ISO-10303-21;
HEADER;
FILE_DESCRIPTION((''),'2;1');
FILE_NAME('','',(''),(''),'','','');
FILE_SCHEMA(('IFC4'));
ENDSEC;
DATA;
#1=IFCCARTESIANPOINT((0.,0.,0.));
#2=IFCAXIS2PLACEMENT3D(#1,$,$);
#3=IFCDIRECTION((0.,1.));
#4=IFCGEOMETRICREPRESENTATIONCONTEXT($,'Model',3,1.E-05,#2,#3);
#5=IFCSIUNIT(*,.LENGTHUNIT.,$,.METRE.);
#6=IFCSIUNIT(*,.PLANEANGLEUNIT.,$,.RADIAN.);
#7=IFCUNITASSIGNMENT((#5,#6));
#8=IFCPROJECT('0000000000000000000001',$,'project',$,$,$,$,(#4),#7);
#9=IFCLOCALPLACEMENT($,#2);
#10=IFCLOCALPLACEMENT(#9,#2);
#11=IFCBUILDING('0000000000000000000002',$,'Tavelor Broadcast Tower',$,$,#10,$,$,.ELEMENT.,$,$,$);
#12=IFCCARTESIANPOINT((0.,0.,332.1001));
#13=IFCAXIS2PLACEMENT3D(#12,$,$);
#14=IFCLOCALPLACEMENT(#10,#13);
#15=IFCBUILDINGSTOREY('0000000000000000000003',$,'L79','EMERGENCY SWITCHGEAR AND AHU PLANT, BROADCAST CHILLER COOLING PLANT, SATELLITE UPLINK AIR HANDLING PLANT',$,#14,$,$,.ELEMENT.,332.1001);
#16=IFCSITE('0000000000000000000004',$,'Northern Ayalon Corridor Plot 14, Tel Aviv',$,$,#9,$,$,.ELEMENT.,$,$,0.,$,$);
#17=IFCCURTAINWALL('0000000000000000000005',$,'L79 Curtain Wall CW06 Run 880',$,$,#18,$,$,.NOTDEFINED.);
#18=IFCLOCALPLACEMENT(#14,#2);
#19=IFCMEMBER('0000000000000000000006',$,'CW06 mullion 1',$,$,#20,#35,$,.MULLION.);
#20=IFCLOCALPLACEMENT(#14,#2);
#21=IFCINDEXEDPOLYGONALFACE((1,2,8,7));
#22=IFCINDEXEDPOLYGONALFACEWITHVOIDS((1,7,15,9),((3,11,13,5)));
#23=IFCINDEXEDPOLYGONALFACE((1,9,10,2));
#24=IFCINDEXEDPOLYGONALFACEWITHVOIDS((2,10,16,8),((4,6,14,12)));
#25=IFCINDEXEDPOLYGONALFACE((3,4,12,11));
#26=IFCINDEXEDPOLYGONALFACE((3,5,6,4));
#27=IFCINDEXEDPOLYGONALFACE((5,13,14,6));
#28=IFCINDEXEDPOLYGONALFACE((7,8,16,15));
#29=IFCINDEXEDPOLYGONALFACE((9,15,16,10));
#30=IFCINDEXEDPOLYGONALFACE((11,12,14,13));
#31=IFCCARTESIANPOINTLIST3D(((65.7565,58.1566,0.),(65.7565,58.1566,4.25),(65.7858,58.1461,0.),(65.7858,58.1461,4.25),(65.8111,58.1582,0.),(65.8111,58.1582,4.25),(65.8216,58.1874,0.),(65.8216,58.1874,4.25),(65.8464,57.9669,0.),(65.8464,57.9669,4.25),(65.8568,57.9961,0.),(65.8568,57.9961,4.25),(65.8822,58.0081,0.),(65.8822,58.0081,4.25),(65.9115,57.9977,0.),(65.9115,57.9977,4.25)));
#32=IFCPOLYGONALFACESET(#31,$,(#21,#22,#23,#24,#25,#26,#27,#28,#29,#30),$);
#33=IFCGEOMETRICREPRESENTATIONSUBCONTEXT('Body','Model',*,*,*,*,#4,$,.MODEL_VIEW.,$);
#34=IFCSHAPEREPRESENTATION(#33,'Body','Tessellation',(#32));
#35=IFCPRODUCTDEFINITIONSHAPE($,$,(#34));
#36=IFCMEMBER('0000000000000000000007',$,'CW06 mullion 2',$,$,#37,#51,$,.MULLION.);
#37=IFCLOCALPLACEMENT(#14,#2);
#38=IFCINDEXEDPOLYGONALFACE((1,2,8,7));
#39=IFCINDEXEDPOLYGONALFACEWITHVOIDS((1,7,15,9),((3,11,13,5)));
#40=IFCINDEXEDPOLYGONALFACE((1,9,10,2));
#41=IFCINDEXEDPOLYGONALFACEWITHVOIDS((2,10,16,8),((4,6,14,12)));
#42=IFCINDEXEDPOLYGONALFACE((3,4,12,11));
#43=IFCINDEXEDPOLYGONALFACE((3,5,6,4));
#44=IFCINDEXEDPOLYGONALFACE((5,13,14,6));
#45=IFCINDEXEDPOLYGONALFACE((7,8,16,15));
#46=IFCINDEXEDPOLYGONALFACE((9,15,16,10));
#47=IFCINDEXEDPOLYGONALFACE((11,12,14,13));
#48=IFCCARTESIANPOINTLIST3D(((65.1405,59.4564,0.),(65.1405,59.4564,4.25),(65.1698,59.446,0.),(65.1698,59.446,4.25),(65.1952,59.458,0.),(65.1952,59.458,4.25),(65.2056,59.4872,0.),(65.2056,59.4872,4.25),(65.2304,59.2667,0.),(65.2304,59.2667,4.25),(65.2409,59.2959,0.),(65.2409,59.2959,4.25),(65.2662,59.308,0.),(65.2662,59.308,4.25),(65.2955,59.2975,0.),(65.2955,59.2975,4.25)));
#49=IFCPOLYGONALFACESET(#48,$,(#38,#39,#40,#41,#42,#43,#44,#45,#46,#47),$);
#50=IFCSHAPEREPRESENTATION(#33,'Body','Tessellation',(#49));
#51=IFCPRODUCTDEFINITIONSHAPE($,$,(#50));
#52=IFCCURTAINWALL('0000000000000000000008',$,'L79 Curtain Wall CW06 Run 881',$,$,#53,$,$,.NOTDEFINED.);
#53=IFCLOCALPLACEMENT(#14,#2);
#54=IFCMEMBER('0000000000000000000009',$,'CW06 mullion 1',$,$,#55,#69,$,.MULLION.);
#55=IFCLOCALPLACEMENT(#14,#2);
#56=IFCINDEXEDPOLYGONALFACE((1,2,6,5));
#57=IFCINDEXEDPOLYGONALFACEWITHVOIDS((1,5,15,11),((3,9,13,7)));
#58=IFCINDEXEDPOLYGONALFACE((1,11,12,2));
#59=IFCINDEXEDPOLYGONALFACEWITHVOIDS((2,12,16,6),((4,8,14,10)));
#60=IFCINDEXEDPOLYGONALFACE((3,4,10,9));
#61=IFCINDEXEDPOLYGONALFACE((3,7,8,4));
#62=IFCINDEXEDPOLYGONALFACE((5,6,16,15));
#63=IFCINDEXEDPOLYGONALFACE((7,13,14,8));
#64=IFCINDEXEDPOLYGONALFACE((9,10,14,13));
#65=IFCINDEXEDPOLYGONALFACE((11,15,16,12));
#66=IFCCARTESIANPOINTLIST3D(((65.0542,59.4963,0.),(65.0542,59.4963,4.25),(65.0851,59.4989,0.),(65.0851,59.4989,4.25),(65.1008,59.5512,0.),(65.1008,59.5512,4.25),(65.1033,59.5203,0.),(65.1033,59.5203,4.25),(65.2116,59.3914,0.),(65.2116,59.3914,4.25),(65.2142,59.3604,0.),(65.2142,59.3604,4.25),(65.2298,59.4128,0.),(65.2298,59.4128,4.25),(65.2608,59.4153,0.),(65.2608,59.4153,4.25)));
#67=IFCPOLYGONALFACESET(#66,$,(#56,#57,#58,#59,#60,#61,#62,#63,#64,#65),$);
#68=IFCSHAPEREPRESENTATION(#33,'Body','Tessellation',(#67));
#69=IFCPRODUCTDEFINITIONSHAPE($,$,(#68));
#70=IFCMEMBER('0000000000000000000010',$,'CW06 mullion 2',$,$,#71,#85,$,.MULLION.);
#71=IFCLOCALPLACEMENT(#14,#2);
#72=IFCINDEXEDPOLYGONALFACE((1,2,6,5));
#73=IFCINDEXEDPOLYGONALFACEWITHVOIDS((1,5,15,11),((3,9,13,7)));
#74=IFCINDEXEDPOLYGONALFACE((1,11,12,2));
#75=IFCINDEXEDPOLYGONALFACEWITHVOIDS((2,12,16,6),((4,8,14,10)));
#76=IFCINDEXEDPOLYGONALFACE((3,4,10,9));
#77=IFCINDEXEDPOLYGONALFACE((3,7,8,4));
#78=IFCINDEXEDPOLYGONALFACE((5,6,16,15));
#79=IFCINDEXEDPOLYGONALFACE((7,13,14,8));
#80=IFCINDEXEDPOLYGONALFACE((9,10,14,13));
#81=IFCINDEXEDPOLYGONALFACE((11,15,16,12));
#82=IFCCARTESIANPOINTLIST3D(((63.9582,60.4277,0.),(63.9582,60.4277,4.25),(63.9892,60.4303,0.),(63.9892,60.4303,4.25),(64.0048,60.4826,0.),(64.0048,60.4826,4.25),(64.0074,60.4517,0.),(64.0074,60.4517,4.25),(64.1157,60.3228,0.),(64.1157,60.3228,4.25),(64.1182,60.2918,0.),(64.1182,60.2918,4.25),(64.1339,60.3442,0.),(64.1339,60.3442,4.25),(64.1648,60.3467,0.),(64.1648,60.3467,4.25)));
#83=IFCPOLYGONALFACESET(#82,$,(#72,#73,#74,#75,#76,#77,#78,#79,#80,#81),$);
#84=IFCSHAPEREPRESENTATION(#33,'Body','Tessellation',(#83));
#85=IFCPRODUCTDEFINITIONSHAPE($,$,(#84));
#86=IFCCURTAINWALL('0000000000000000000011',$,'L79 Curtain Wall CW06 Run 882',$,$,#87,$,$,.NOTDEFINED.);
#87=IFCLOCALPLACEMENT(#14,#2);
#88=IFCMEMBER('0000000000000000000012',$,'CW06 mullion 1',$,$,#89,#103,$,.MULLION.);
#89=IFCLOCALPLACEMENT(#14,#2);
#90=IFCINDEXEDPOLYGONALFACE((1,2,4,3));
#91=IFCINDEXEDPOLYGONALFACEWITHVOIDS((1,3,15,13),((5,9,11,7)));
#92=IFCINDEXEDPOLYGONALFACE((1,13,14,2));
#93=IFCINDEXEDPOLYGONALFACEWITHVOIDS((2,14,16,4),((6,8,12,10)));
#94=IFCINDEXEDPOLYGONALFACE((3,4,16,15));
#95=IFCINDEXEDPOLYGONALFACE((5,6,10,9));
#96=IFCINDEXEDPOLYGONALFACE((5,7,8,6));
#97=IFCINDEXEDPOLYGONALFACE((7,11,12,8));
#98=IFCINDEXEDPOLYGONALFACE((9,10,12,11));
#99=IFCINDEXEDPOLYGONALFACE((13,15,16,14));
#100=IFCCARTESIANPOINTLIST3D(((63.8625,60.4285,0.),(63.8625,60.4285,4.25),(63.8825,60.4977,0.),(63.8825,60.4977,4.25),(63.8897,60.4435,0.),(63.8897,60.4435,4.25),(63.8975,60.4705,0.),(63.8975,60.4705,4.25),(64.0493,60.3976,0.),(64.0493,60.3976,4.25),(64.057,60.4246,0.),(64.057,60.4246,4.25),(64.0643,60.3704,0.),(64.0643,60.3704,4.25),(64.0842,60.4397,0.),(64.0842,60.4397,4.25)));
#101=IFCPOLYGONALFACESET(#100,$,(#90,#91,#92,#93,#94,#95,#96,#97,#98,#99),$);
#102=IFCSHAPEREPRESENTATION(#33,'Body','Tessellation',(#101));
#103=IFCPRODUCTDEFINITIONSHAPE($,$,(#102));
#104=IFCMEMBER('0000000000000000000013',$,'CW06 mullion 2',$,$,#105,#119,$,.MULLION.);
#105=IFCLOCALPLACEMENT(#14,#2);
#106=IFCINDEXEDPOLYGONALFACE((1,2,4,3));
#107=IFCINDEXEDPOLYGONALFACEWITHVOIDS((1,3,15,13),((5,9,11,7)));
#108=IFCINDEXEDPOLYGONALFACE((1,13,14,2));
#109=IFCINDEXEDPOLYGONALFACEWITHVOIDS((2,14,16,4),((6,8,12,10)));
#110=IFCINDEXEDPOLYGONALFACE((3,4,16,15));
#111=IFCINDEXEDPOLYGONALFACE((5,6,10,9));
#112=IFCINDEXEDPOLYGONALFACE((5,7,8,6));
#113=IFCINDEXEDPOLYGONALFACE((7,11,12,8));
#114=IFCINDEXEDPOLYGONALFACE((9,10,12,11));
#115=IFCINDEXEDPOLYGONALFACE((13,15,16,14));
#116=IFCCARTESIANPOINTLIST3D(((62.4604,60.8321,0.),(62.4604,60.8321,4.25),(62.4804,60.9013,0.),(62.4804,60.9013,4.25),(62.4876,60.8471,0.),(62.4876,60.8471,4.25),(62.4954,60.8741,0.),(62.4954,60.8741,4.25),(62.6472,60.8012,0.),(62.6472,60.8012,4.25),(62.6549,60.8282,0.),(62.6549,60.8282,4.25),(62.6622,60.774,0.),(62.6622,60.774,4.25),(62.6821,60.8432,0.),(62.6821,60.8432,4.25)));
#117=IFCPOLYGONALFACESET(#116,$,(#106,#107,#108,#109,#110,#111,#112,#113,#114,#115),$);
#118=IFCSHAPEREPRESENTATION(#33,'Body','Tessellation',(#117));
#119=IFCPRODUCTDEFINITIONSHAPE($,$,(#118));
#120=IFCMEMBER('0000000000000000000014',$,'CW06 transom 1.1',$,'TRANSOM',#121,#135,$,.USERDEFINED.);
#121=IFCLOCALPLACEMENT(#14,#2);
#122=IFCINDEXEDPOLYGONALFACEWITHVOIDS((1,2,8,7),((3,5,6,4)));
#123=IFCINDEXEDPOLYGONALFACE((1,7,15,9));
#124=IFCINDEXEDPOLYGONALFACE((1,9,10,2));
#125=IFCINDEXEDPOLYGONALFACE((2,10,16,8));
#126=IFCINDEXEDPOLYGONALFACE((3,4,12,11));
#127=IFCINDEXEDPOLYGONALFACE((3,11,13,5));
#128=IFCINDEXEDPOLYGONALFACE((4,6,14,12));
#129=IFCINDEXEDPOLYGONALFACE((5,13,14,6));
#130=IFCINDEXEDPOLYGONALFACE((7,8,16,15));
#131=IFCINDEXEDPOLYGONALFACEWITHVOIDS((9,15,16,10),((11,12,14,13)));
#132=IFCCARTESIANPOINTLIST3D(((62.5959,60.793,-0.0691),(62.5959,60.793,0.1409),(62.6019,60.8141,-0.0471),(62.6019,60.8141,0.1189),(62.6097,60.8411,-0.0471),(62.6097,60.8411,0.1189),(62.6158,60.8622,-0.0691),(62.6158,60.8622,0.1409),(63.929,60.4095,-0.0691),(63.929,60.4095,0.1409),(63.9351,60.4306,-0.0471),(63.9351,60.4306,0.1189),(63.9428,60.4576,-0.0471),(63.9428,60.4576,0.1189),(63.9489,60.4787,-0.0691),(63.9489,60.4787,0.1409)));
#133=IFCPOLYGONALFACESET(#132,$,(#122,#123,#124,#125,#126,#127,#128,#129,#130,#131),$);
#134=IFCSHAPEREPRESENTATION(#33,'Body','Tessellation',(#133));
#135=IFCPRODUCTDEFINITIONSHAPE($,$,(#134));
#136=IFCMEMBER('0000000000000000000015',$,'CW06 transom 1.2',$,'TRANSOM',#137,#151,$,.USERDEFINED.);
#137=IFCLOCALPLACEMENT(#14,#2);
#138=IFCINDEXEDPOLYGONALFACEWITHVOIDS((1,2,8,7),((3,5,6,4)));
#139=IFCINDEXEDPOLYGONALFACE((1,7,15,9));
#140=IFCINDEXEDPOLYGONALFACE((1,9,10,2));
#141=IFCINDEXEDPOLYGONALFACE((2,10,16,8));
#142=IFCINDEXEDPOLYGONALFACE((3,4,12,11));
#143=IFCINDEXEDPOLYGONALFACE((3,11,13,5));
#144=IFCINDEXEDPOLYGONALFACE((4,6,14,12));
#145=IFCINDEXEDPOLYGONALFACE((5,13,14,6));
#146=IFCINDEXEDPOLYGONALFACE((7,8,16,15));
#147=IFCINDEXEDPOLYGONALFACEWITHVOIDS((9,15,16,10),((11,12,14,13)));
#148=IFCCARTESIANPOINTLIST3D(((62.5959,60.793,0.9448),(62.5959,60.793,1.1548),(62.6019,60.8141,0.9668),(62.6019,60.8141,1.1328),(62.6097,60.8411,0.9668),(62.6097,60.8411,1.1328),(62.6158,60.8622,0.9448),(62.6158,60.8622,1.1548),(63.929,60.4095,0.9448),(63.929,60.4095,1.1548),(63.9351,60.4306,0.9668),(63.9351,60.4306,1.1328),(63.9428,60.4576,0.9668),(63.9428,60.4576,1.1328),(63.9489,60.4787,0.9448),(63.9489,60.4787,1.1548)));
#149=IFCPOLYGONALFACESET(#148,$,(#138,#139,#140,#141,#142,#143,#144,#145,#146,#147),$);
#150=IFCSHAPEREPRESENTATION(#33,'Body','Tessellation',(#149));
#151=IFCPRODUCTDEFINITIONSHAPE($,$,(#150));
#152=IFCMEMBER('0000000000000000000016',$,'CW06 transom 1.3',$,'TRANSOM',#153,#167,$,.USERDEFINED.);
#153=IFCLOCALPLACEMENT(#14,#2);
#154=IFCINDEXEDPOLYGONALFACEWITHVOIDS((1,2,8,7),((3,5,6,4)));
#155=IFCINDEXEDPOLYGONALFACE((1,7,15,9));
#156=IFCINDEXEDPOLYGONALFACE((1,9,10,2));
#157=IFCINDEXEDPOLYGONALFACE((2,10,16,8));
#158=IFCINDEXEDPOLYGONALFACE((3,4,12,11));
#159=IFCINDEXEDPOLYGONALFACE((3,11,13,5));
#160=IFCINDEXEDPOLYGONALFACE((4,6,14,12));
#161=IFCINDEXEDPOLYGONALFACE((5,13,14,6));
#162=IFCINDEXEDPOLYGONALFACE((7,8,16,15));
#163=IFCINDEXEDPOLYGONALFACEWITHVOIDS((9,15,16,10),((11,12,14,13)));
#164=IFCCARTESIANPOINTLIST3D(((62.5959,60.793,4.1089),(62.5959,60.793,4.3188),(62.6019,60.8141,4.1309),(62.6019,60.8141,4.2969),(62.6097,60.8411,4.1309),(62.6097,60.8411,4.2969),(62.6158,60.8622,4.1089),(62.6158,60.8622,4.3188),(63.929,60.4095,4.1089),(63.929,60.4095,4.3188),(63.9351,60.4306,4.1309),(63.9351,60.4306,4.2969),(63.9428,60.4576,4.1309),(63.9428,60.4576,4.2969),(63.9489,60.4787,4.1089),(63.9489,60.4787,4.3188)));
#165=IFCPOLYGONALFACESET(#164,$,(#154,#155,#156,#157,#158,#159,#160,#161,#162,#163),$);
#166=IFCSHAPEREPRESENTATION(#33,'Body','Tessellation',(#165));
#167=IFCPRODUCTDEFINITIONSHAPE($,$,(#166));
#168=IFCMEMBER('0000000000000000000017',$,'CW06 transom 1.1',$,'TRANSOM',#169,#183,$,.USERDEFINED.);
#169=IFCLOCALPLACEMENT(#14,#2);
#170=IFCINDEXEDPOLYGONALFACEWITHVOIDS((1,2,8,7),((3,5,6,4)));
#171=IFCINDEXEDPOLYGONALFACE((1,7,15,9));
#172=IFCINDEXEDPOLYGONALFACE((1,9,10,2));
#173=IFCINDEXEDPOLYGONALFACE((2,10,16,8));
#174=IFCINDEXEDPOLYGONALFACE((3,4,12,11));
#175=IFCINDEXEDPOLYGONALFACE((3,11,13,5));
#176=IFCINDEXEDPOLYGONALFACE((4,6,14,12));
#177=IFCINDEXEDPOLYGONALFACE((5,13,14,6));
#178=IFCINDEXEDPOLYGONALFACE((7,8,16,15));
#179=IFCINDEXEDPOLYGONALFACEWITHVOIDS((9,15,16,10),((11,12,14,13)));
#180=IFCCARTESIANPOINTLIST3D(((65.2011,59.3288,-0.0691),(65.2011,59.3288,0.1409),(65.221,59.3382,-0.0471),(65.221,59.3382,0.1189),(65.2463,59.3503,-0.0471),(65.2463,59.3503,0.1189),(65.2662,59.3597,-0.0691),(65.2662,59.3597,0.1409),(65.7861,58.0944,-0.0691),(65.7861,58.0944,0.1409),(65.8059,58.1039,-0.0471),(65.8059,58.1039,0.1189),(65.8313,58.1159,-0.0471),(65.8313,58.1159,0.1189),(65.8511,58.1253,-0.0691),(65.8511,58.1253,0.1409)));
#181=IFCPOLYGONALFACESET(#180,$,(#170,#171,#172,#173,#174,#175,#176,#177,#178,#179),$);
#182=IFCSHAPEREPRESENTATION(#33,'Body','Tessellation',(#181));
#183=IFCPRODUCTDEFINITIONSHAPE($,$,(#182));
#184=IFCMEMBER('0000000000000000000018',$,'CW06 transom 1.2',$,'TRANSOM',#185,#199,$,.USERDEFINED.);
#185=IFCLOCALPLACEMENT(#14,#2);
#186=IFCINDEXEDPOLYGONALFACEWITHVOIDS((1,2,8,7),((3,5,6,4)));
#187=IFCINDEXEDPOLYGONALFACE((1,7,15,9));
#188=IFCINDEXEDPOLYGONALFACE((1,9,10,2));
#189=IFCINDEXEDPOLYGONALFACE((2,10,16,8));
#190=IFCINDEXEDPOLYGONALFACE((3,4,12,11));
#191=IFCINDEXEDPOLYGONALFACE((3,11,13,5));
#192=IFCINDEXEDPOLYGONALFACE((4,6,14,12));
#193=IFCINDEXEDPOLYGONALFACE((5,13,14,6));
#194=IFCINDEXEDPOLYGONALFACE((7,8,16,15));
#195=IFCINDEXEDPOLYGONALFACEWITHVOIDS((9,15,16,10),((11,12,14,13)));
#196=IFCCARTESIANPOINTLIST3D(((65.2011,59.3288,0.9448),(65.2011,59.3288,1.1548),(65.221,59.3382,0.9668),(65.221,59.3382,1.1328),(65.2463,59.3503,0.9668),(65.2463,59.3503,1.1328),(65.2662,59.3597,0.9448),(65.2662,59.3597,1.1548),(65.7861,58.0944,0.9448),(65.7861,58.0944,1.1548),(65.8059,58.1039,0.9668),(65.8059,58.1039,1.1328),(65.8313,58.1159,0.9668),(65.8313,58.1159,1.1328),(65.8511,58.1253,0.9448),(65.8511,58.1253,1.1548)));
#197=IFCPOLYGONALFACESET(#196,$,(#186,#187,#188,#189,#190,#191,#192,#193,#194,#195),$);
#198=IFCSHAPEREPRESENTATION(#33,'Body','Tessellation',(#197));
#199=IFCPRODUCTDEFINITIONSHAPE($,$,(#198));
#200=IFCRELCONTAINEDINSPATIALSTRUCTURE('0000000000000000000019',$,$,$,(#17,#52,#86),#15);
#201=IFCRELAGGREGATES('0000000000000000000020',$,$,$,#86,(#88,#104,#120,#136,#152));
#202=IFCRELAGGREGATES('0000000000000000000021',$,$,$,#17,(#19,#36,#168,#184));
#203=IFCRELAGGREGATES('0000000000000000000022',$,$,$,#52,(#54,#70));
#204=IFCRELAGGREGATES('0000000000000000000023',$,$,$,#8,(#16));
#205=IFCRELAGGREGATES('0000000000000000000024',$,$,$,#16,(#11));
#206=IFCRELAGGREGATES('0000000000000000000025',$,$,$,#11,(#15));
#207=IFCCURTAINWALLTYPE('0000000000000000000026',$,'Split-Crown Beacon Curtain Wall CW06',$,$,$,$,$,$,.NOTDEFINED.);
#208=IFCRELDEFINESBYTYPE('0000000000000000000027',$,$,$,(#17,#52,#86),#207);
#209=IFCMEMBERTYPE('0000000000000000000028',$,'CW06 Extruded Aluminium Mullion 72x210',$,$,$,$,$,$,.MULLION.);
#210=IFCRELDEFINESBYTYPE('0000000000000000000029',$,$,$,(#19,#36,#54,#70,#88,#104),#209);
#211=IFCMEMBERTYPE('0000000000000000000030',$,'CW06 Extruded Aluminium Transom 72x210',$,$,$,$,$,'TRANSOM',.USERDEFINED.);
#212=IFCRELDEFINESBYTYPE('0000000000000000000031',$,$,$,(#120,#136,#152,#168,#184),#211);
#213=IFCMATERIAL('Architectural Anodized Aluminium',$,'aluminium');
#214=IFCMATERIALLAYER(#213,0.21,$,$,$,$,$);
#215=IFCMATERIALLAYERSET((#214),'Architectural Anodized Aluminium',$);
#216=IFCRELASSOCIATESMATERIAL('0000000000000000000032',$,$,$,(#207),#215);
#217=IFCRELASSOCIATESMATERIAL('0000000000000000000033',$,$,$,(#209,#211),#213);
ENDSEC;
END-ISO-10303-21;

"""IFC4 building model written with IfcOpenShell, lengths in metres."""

from ifc_helpers import new_model, si_unit, direction, frame, origin, origin_2d, place, context, subcontext, project, spatial, hollow_rectangle, extrude, source, transform, mapped, material, layer, layer_set, material_profile, profile_set, type_object, type_shapes, element, aggregate, save


model = new_model("IFC4")

# Units and contexts
model_context = context("Model", 3, precision=1e-05, world=origin(), true_north=direction((0.0, 1.0)))
body_context = subcontext(model_context, "Body", "Model", "MODEL_VIEW")
ifc_project = project(units=[si_unit("LENGTHUNIT", "METRE"), si_unit("PLANEANGLEUNIT", "RADIAN")], contexts=[model_context])

# Site, building, storey
site_placement = place(None, origin())
site = spatial("IfcSite", under=ifc_project, at=site_placement, Name="Northern Ayalon Corridor Plot 14, Tel Aviv", CompositionType="ELEMENT", RefElevation=0.0)
building_placement = place(site_placement, origin())
building = spatial("IfcBuilding", under=site, at=building_placement, Name="Tavelor Broadcast Tower", CompositionType="ELEMENT")
storey_placement = place(building_placement, frame((0.0, 0.0, 332.1001)))
storey = spatial("IfcBuildingStorey", under=building, at=storey_placement, Name="L79", Description="EMERGENCY SWITCHGEAR AND AHU PLANT, BROADCAST CHILLER COOLING PLANT, SATELLITE UPLINK AIR HANDLING PLANT", CompositionType="ELEMENT", Elevation=332.1001)

# Curtain walls, members
ifc_material_1 = material(Name="Architectural Anodized Aluminium", Category="aluminium")
ifc_layer_1 = layer(ifc_material_1, 0.21)
ifc_layer_set_1 = layer_set([ifc_layer_1], Name="Architectural Anodized Aluminium")
curtain_wall_type = type_object("IfcCurtainWallType", Name="Split-Crown Beacon Curtain Wall CW06", PredefinedType="NOTDEFINED", material=ifc_layer_set_1)
curtain_wall_1_placement = place(storey_placement, origin())
curtain_wall_1 = element("IfcCurtainWall", 1, at=curtain_wall_1_placement, inside=storey, type_object=curtain_wall_type, Name="L79 Curtain Wall CW06 Run 880", PredefinedType="NOTDEFINED")
ifc_material_profile_1 = material_profile(ifc_material_1, hollow_rectangle(XDim=0.072, YDim=0.21, WallThickness=0.022, at=origin_2d()), Name="RHS 72x210x22")
ifc_profile_set_1 = profile_set([ifc_material_profile_1], Name="Architectural Anodized Aluminium")
member_type_1 = type_object("IfcMemberType", Name="CW06 Extruded Aluminium Mullion 72x210", PredefinedType="MULLION", material=ifc_profile_set_1)
shared_shape_1 = source(origin(), body_context, "Body", "SweptSolid", [
    extrude(hollow_rectangle(XDim=0.072, YDim=0.21, WallThickness=0.022, at=origin_2d()), origin(), (0.0, 0.0, 1.0), 4.25),
])
type_shapes(member_type_1, [shared_shape_1])
member_1_placement = place(storey_placement, frame((65.834, 58.0771, 0.0), z_axis=(0.0, 0.0, 1.0), x_axis=(-0.90367, -0.428229, 0.0)))
member_1 = element("IfcMember", 2, at=member_1_placement, type_object=member_type_1, Name="CW06 mullion 1", PredefinedType="MULLION", context=body_context, shape_type="MappedRepresentation", body=[
    mapped(shared_shape_1, transform((0.0, 0.0, 0.0), scale=1.0)),
])
member_2_placement = place(storey_placement, frame((65.218, 59.377, 0.0), z_axis=(0.0, 0.0, 1.0), x_axis=(-0.90367, -0.428229, 0.0)))
member_2 = element("IfcMember", 3, at=member_2_placement, type_object=member_type_1, Name="CW06 mullion 2", PredefinedType="MULLION", context=body_context, shape_type="MappedRepresentation", body=[
    mapped(shared_shape_1, transform((0.0, 0.0, 0.0), scale=1.0)),
])
curtain_wall_2_placement = place(storey_placement, origin())
curtain_wall_2 = element("IfcCurtainWall", 4, at=curtain_wall_2_placement, inside=storey, type_object=curtain_wall_type, Name="L79 Curtain Wall CW06 Run 881", PredefinedType="NOTDEFINED")
member_3_placement = place(storey_placement, frame((65.1575, 59.4558, 0.0), z_axis=(0.0, 0.0, 1.0), x_axis=(-0.64747, -0.762091, 0.0)))
member_3 = element("IfcMember", 5, at=member_3_placement, type_object=member_type_1, Name="CW06 mullion 1", PredefinedType="MULLION", context=body_context, shape_type="MappedRepresentation", body=[
    mapped(shared_shape_1, transform((0.0, 0.0, 0.0), scale=1.0)),
])
member_4_placement = place(storey_placement, frame((64.0615, 60.3872, 0.0), z_axis=(0.0, 0.0, 1.0), x_axis=(-0.64747, -0.762091, 0.0)))
member_4 = element("IfcMember", 6, at=member_4_placement, type_object=member_type_1, Name="CW06 mullion 2", PredefinedType="MULLION", context=body_context, shape_type="MappedRepresentation", body=[
    mapped(shared_shape_1, transform((0.0, 0.0, 0.0), scale=1.0)),
])
curtain_wall_3_placement = place(storey_placement, origin())
curtain_wall_3 = element("IfcCurtainWall", 7, at=curtain_wall_3_placement, inside=storey, type_object=curtain_wall_type, Name="L79 Curtain Wall CW06 Run 882", PredefinedType="NOTDEFINED")
member_5_placement = place(storey_placement, frame((63.9734, 60.4341, 0.0), z_axis=(0.0, 0.0, 1.0), x_axis=(-0.276515, -0.96101, 0.0)))
member_5 = element("IfcMember", 8, at=member_5_placement, type_object=member_type_1, Name="CW06 mullion 1", PredefinedType="MULLION", context=body_context, shape_type="MappedRepresentation", body=[
    mapped(shared_shape_1, transform((0.0, 0.0, 0.0), scale=1.0)),
])
member_6_placement = place(storey_placement, frame((62.5713, 60.8376, 0.0), z_axis=(0.0, 0.0, 1.0), x_axis=(-0.276515, -0.96101, 0.0)))
member_6 = element("IfcMember", 9, at=member_6_placement, type_object=member_type_1, Name="CW06 mullion 2", PredefinedType="MULLION", context=body_context, shape_type="MappedRepresentation", body=[
    mapped(shared_shape_1, transform((0.0, 0.0, 0.0), scale=1.0)),
])
ifc_material_profile_2 = material_profile(ifc_material_1, hollow_rectangle(XDim=0.072, YDim=0.21, WallThickness=0.022, at=origin_2d()), Name="RHS 72x210x22")
ifc_profile_set_2 = profile_set([ifc_material_profile_2], Name="Architectural Anodized Aluminium")
member_type_2 = type_object("IfcMemberType", Name="CW06 Extruded Aluminium Transom 72x210", ElementType="TRANSOM", PredefinedType="USERDEFINED", material=ifc_profile_set_2)
shared_shape_2 = source(origin(), body_context, "Body", "SweptSolid", [
    extrude(hollow_rectangle(XDim=0.072, YDim=0.21, WallThickness=0.022, at=origin_2d()), origin(), (0.0, 0.0, 1.0), 1.3872),
])
member_7_placement = place(storey_placement, frame((63.939, 60.4441, 0.0359), z_axis=(-0.961024, 0.276464, 0.0), x_axis=(-0.276464, -0.961024, 0.0)))
member_7 = element("IfcMember", 10, at=member_7_placement, type_object=member_type_2, Name="CW06 transom 1.1", ObjectType="TRANSOM", PredefinedType="USERDEFINED", context=body_context, shape_type="MappedRepresentation", body=[
    mapped(shared_shape_2, transform((0.0, 0.0, 0.0), scale=1.0)),
])
member_8_placement = place(storey_placement, frame((63.939, 60.4441, 1.0498), z_axis=(-0.961024, 0.276464, 0.0), x_axis=(-0.276464, -0.961024, 0.0)))
member_8 = element("IfcMember", 11, at=member_8_placement, type_object=member_type_2, Name="CW06 transom 1.2", ObjectType="TRANSOM", PredefinedType="USERDEFINED", context=body_context, shape_type="MappedRepresentation", body=[
    mapped(shared_shape_2, transform((0.0, 0.0, 0.0), scale=1.0)),
])
member_9_placement = place(storey_placement, frame((63.939, 60.4441, 4.2139), z_axis=(-0.961024, 0.276464, 0.0), x_axis=(-0.276464, -0.961024, 0.0)))
member_9 = element("IfcMember", 12, at=member_9_placement, type_object=member_type_2, Name="CW06 transom 1.3", ObjectType="TRANSOM", PredefinedType="USERDEFINED", context=body_context, shape_type="MappedRepresentation", body=[
    mapped(shared_shape_2, transform((0.0, 0.0, 0.0), scale=1.0)),
])

# Members
shared_shape_3 = source(origin(), body_context, "Body", "SweptSolid", [
    extrude(hollow_rectangle(XDim=0.072, YDim=0.21, WallThickness=0.022, at=origin_2d()), origin(), (0.0, 0.0, 1.0), 1.366),
])
member_10_placement = place(storey_placement, frame((65.8186, 58.1099, 0.0359), z_axis=(-0.42824, 0.903665, 0.0), x_axis=(-0.903665, -0.42824, 0.0)))
member_10 = element("IfcMember", 13, at=member_10_placement, type_object=member_type_2, Name="CW06 transom 1.1", ObjectType="TRANSOM", PredefinedType="USERDEFINED", context=body_context, shape_type="MappedRepresentation", body=[
    mapped(shared_shape_3, transform((0.0, 0.0, 0.0), scale=1.0)),
])
member_11_placement = place(storey_placement, frame((65.8186, 58.1099, 1.0498), z_axis=(-0.42824, 0.903665, 0.0), x_axis=(-0.903665, -0.42824, 0.0)))
member_11 = element("IfcMember", 14, at=member_11_placement, type_object=member_type_2, Name="CW06 transom 1.2", ObjectType="TRANSOM", PredefinedType="USERDEFINED", context=body_context, shape_type="MappedRepresentation", body=[
    mapped(shared_shape_3, transform((0.0, 0.0, 0.0), scale=1.0)),
])

aggregate(curtain_wall_3, [member_5, member_6, member_7, member_8, member_9])
aggregate(curtain_wall_1, [member_1, member_2, member_10, member_11])
aggregate(curtain_wall_2, [member_3, member_4])

save(model, "model.ifc")
